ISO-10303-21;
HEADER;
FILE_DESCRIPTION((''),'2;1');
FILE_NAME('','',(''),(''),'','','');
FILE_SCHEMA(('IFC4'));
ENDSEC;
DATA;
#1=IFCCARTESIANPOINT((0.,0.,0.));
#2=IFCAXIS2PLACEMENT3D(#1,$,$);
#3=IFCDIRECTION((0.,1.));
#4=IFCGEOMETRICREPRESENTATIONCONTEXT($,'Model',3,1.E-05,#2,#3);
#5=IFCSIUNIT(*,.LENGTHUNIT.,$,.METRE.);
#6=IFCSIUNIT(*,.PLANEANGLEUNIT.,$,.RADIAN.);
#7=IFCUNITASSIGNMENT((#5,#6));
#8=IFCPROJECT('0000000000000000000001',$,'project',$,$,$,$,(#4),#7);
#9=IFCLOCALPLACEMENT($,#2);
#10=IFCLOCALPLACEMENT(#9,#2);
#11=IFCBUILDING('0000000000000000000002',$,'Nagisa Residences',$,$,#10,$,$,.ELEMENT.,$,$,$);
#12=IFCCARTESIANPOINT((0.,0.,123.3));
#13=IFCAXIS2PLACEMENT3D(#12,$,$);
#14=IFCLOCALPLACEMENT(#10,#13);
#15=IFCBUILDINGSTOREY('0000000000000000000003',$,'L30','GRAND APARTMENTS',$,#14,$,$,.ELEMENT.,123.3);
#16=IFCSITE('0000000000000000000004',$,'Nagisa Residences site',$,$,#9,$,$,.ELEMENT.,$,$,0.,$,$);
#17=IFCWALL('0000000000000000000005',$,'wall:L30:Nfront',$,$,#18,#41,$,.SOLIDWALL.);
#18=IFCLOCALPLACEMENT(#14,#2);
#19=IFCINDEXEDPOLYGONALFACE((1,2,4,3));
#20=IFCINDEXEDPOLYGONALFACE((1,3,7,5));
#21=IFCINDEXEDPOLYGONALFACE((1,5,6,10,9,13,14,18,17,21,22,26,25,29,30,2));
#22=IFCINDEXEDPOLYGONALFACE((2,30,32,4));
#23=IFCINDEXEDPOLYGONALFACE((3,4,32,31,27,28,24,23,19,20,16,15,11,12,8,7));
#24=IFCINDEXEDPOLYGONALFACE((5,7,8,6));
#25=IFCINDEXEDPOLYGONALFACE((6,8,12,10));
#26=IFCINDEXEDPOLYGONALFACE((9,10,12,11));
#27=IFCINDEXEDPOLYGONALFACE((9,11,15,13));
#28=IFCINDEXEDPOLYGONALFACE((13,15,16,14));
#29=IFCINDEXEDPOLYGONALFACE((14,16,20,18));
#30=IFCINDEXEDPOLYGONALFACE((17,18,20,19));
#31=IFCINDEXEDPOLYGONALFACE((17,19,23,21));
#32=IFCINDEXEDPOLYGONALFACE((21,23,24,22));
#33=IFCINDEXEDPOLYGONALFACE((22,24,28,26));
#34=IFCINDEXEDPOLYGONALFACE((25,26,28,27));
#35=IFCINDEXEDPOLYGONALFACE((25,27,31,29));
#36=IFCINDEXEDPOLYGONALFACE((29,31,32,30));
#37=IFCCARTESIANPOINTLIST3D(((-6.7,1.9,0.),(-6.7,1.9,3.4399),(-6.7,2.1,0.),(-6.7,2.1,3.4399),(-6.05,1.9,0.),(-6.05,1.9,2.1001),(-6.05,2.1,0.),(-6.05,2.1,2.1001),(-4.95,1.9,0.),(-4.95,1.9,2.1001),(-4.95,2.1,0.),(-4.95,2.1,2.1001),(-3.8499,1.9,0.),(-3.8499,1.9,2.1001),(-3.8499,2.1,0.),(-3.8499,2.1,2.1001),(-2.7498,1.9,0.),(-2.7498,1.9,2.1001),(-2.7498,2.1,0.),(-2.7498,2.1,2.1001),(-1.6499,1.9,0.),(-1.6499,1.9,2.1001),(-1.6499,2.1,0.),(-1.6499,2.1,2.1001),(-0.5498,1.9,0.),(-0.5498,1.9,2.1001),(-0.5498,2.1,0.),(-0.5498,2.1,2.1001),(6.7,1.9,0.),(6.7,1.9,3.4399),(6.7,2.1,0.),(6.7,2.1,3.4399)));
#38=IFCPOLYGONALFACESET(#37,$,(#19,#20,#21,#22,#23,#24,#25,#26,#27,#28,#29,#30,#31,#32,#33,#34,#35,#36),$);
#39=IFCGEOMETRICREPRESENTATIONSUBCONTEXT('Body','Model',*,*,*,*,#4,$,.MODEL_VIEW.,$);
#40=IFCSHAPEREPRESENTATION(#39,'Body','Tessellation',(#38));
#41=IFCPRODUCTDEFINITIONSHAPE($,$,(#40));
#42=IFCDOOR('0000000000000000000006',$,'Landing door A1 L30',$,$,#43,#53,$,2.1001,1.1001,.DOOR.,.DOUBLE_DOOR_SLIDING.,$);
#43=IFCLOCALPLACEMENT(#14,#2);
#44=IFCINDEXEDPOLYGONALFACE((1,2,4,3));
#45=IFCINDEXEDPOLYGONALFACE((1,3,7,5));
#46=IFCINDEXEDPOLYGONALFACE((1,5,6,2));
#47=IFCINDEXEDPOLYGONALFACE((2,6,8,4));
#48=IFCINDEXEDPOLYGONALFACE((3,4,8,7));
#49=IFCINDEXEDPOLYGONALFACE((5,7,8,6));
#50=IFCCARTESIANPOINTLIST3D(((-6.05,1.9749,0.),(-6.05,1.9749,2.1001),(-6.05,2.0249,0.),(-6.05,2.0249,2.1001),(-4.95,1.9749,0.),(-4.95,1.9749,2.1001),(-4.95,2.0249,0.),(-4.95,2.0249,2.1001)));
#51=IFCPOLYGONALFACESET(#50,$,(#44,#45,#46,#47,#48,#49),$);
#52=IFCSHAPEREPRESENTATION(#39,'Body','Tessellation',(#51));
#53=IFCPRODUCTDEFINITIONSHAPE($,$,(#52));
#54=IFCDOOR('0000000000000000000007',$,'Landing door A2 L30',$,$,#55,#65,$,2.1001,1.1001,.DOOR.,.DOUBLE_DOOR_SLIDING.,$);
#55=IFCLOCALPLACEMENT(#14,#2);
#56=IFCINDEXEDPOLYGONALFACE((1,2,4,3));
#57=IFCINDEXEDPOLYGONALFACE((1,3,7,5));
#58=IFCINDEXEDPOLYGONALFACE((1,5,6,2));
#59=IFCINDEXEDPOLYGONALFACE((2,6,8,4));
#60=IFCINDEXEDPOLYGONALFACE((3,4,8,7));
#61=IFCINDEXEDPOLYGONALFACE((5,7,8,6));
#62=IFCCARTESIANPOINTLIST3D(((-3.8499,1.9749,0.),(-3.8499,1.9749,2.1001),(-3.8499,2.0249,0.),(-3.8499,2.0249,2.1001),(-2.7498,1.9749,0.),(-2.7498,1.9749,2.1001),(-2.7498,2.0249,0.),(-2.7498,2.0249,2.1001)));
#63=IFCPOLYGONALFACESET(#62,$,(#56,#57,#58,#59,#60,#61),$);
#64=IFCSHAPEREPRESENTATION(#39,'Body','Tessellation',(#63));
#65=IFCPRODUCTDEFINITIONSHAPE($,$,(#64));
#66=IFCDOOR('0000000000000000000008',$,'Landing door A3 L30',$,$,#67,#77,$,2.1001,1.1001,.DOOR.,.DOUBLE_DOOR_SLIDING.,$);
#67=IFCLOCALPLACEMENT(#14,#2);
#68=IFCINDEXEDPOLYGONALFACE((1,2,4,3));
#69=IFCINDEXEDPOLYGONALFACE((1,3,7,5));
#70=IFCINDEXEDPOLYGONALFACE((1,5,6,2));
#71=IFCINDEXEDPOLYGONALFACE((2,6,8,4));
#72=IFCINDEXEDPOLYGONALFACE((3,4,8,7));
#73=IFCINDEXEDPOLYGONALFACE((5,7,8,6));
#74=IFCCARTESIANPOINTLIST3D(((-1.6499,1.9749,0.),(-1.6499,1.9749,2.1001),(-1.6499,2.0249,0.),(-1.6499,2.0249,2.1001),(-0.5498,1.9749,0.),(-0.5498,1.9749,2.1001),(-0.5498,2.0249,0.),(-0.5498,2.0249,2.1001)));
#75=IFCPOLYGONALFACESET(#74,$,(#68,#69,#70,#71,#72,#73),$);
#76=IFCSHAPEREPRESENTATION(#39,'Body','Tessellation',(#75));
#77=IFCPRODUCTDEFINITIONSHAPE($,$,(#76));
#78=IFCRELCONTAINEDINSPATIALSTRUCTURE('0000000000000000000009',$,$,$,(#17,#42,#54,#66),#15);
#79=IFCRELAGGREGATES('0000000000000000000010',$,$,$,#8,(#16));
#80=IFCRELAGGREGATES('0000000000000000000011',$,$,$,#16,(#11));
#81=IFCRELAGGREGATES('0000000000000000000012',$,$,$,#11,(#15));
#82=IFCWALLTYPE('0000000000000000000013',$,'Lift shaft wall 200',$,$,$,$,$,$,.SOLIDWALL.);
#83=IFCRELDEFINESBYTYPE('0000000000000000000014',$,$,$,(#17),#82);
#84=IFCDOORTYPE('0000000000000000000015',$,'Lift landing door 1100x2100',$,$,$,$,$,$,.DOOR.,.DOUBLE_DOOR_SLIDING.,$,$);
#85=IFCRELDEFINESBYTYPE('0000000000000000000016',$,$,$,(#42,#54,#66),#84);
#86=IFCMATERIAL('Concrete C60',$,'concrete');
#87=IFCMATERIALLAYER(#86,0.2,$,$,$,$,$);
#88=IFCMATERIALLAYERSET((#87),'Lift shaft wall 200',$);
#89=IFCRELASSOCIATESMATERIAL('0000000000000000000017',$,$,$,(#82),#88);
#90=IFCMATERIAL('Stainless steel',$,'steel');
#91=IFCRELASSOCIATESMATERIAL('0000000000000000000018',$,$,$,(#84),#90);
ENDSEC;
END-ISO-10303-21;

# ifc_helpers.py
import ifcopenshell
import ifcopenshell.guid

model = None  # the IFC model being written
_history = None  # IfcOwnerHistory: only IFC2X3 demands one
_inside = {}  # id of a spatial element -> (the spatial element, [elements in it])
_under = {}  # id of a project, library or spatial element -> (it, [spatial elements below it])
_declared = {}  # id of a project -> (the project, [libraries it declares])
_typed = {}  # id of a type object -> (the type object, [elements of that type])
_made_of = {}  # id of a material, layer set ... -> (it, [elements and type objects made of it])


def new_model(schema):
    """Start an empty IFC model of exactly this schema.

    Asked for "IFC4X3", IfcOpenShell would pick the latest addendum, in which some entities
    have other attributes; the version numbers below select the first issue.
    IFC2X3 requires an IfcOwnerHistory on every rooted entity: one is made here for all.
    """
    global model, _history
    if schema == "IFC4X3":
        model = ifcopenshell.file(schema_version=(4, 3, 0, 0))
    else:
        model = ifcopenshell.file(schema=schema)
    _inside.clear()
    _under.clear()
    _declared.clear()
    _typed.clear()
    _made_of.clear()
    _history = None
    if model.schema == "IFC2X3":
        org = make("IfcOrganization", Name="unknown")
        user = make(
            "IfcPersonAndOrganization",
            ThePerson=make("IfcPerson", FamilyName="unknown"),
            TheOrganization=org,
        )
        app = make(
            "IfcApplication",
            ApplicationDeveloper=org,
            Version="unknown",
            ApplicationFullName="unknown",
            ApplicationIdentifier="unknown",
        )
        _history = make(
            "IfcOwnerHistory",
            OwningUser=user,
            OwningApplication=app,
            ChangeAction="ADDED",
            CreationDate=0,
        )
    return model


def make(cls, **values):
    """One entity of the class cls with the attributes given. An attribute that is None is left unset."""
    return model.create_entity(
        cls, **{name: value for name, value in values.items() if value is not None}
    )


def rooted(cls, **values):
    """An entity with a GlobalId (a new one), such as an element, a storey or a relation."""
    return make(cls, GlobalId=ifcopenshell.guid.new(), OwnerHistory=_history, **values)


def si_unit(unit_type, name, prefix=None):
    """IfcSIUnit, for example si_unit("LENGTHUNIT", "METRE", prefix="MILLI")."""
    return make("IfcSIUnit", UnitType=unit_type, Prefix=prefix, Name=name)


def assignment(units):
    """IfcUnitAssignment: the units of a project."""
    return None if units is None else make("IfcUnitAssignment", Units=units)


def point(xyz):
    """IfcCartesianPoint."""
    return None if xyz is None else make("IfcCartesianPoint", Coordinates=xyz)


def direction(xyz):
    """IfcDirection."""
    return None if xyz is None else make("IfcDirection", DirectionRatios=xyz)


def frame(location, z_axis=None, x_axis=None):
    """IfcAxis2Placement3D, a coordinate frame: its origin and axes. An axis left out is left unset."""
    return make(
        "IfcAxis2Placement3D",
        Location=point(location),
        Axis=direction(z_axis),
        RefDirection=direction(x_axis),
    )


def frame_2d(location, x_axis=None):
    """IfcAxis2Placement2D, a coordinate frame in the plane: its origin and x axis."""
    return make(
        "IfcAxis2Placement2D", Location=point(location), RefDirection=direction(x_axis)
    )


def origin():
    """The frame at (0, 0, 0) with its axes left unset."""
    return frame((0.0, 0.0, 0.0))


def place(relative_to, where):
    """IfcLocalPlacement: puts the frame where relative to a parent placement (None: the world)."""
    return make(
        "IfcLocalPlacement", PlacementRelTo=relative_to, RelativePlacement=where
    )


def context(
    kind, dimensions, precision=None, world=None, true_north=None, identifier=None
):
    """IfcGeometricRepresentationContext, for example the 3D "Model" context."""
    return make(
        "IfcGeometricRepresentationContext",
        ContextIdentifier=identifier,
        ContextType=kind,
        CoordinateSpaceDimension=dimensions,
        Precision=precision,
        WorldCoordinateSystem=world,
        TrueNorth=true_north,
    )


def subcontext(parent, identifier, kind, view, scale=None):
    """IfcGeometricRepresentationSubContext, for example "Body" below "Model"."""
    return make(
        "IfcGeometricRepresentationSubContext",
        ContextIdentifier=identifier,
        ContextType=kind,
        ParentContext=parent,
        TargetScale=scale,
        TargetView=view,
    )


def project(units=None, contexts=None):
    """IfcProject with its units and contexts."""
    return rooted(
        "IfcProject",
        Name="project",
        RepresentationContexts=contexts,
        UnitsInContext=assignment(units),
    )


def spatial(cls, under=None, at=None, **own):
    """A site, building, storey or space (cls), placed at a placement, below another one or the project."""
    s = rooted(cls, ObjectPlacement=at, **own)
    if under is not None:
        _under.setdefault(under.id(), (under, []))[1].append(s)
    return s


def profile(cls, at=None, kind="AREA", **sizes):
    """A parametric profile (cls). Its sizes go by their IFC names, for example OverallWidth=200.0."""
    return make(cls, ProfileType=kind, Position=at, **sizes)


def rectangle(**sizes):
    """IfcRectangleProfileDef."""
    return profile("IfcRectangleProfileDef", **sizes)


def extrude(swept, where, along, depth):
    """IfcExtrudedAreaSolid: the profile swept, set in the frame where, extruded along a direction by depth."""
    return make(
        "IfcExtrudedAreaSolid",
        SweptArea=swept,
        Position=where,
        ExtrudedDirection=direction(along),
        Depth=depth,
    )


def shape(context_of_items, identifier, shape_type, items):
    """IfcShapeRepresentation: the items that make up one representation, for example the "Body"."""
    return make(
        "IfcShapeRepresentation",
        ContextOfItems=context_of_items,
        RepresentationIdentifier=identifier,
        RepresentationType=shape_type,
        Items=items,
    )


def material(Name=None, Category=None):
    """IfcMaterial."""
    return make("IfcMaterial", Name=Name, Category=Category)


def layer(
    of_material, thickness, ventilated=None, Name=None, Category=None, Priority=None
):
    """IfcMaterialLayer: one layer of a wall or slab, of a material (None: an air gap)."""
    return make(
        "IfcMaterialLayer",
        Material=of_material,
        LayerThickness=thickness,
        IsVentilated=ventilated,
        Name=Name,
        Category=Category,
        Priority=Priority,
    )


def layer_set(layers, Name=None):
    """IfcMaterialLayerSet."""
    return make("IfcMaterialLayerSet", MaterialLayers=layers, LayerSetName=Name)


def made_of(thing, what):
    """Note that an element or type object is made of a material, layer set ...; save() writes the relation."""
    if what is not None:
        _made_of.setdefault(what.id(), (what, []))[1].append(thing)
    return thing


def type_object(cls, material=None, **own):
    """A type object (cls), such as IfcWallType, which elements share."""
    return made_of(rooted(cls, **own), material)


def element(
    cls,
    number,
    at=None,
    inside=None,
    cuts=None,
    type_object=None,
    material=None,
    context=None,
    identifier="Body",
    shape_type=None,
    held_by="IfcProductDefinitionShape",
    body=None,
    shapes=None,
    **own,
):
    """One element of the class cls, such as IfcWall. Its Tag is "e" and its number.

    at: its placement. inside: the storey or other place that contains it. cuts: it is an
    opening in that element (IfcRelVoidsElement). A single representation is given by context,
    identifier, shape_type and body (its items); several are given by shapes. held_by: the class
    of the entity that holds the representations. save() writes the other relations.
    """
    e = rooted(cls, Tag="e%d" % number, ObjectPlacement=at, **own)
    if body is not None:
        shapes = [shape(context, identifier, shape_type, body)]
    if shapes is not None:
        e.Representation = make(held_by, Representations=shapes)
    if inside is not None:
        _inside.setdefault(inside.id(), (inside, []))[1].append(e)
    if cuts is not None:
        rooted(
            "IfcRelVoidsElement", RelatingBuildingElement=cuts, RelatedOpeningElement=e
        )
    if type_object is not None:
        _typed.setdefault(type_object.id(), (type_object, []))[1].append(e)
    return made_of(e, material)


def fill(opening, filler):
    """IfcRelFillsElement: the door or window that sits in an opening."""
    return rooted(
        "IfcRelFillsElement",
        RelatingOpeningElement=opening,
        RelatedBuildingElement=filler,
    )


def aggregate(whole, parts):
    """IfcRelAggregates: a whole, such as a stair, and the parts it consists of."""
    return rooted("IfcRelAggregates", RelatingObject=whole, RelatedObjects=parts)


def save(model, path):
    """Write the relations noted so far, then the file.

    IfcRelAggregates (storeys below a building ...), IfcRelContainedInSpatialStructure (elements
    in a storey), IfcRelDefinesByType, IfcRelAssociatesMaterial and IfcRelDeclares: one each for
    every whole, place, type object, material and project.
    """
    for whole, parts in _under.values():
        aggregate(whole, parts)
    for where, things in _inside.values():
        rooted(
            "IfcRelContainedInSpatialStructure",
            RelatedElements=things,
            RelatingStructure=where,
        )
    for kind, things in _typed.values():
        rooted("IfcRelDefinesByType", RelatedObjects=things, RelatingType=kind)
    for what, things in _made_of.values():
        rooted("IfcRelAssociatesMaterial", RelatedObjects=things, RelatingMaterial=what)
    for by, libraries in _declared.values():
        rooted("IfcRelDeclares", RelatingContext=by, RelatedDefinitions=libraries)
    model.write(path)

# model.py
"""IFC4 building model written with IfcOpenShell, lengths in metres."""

from ifc_helpers import new_model, si_unit, direction, frame, frame_2d, origin, place, context, subcontext, project, spatial, rectangle, extrude, material, layer, layer_set, type_object, element, fill, save


model = new_model("IFC4")

# Units and contexts
model_context = context("Model", 3, precision=1e-05, world=origin(), true_north=direction((0.0, 1.0)))
body_context = subcontext(model_context, "Body", "Model", "MODEL_VIEW")
ifc_project = project(units=[si_unit("LENGTHUNIT", "METRE"), si_unit("PLANEANGLEUNIT", "RADIAN")], contexts=[model_context])

# Site, building, storey
site_placement = place(None, origin())
site = spatial("IfcSite", under=ifc_project, at=site_placement, Name="Nagisa Residences site", CompositionType="ELEMENT", RefElevation=0.0)
building_placement = place(site_placement, origin())
building = spatial("IfcBuilding", under=site, at=building_placement, Name="Nagisa Residences", CompositionType="ELEMENT")
storey_placement = place(building_placement, frame((0.0, 0.0, 123.3)))
storey = spatial("IfcBuildingStorey", under=building, at=storey_placement, Name="L30", Description="GRAND APARTMENTS", CompositionType="ELEMENT", Elevation=123.3)

# Wall, openings, doors
ifc_material_1 = material(Name="Concrete C60", Category="concrete")
ifc_layer_1 = layer(ifc_material_1, 0.2)
ifc_layer_set_1 = layer_set([ifc_layer_1], Name="Lift shaft wall 200")
wall_type_1 = type_object("IfcWallType", Name="Lift shaft wall 200", PredefinedType="SOLIDWALL", material=ifc_layer_set_1)
wall_1_placement = place(storey_placement, frame((-6.7, 2.0, 0.0), z_axis=(0.0, 0.0, 1.0), x_axis=(1.0, 0.0, 0.0)))
wall_1 = element("IfcWall", 1, at=wall_1_placement, inside=storey, type_object=wall_type_1, Name="wall:L30:Nfront", PredefinedType="SOLIDWALL", context=body_context, shape_type="SweptSolid", body=[
    extrude(rectangle(XDim=13.3999, YDim=0.2, at=frame_2d((6.7, 0.0))), origin(), (0.0, 0.0, 1.0), 3.4399),
])
opening_1_placement = place(wall_1_placement, frame((0.6499, 0.0, 0.0)))
opening_1 = element("IfcOpeningElement", 2, at=opening_1_placement, cuts=wall_1, PredefinedType="OPENING", context=body_context, shape_type="SweptSolid", body=[
    extrude(rectangle(XDim=1.1001, YDim=2.1001, at=frame_2d((0.55, 1.05))), frame((0.0, 0.1099, 0.0), z_axis=(0.0, -1.0, 0.0), x_axis=(1.0, 0.0, 0.0)), (0.0, 0.0, 1.0), 0.22),
])
opening_2_placement = place(wall_1_placement, frame((2.8501, 0.0, 0.0)))
opening_2 = element("IfcOpeningElement", 3, at=opening_2_placement, cuts=wall_1, PredefinedType="OPENING", context=body_context, shape_type="SweptSolid", body=[
    extrude(rectangle(XDim=1.1001, YDim=2.1001, at=frame_2d((0.55, 1.05))), frame((0.0, 0.1099, 0.0), z_axis=(0.0, -1.0, 0.0), x_axis=(1.0, 0.0, 0.0)), (0.0, 0.0, 1.0), 0.22),
])
opening_3_placement = place(wall_1_placement, frame((5.05, 0.0, 0.0)))
opening_3 = element("IfcOpeningElement", 4, at=opening_3_placement, cuts=wall_1, PredefinedType="OPENING", context=body_context, shape_type="SweptSolid", body=[
    extrude(rectangle(XDim=1.1001, YDim=2.1001, at=frame_2d((0.55, 1.05))), frame((0.0, 0.1099, 0.0), z_axis=(0.0, -1.0, 0.0), x_axis=(1.0, 0.0, 0.0)), (0.0, 0.0, 1.0), 0.22),
])
ifc_material_2 = material(Name="Stainless steel", Category="steel")
door_type = type_object("IfcDoorType", Name="Lift landing door 1100x2100", OperationType="DOUBLE_DOOR_SLIDING", PredefinedType="DOOR", material=ifc_material_2)
door_1_placement = place(opening_1_placement, origin())
door_1 = element("IfcDoor", 5, at=door_1_placement, inside=storey, type_object=door_type, Name="Landing door A1 L30", OperationType="DOUBLE_DOOR_SLIDING", OverallHeight=2.1001, OverallWidth=1.1001, PredefinedType="DOOR", context=body_context, shape_type="SweptSolid", body=[
    extrude(rectangle(XDim=1.1001, YDim=2.1001, at=frame_2d((0.55, 1.05))), frame((0.0, 0.0249, 0.0), z_axis=(0.0, -1.0, 0.0), x_axis=(1.0, 0.0, 0.0)), (0.0, 0.0, 1.0), 0.05),
])
fill(opening_1, door_1)
door_2_placement = place(opening_2_placement, origin())
door_2 = element("IfcDoor", 6, at=door_2_placement, inside=storey, type_object=door_type, Name="Landing door A2 L30", OperationType="DOUBLE_DOOR_SLIDING", OverallHeight=2.1001, OverallWidth=1.1001, PredefinedType="DOOR", context=body_context, shape_type="SweptSolid", body=[
    extrude(rectangle(XDim=1.1001, YDim=2.1001, at=frame_2d((0.55, 1.05))), frame((0.0, 0.0249, 0.0), z_axis=(0.0, -1.0, 0.0), x_axis=(1.0, 0.0, 0.0)), (0.0, 0.0, 1.0), 0.05),
])
fill(opening_2, door_2)
door_3_placement = place(opening_3_placement, origin())
door_3 = element("IfcDoor", 7, at=door_3_placement, inside=storey, type_object=door_type, Name="Landing door A3 L30", OperationType="DOUBLE_DOOR_SLIDING", OverallHeight=2.1001, OverallWidth=1.1001, PredefinedType="DOOR", context=body_context, shape_type="SweptSolid", body=[
    extrude(rectangle(XDim=1.1001, YDim=2.1001, at=frame_2d((0.55, 1.05))), frame((0.0, 0.0249, 0.0), z_axis=(0.0, -1.0, 0.0), x_axis=(1.0, 0.0, 0.0)), (0.0, 0.0, 1.0), 0.05),
])
fill(opening_3, door_3)

save(model, "model.ifc")
